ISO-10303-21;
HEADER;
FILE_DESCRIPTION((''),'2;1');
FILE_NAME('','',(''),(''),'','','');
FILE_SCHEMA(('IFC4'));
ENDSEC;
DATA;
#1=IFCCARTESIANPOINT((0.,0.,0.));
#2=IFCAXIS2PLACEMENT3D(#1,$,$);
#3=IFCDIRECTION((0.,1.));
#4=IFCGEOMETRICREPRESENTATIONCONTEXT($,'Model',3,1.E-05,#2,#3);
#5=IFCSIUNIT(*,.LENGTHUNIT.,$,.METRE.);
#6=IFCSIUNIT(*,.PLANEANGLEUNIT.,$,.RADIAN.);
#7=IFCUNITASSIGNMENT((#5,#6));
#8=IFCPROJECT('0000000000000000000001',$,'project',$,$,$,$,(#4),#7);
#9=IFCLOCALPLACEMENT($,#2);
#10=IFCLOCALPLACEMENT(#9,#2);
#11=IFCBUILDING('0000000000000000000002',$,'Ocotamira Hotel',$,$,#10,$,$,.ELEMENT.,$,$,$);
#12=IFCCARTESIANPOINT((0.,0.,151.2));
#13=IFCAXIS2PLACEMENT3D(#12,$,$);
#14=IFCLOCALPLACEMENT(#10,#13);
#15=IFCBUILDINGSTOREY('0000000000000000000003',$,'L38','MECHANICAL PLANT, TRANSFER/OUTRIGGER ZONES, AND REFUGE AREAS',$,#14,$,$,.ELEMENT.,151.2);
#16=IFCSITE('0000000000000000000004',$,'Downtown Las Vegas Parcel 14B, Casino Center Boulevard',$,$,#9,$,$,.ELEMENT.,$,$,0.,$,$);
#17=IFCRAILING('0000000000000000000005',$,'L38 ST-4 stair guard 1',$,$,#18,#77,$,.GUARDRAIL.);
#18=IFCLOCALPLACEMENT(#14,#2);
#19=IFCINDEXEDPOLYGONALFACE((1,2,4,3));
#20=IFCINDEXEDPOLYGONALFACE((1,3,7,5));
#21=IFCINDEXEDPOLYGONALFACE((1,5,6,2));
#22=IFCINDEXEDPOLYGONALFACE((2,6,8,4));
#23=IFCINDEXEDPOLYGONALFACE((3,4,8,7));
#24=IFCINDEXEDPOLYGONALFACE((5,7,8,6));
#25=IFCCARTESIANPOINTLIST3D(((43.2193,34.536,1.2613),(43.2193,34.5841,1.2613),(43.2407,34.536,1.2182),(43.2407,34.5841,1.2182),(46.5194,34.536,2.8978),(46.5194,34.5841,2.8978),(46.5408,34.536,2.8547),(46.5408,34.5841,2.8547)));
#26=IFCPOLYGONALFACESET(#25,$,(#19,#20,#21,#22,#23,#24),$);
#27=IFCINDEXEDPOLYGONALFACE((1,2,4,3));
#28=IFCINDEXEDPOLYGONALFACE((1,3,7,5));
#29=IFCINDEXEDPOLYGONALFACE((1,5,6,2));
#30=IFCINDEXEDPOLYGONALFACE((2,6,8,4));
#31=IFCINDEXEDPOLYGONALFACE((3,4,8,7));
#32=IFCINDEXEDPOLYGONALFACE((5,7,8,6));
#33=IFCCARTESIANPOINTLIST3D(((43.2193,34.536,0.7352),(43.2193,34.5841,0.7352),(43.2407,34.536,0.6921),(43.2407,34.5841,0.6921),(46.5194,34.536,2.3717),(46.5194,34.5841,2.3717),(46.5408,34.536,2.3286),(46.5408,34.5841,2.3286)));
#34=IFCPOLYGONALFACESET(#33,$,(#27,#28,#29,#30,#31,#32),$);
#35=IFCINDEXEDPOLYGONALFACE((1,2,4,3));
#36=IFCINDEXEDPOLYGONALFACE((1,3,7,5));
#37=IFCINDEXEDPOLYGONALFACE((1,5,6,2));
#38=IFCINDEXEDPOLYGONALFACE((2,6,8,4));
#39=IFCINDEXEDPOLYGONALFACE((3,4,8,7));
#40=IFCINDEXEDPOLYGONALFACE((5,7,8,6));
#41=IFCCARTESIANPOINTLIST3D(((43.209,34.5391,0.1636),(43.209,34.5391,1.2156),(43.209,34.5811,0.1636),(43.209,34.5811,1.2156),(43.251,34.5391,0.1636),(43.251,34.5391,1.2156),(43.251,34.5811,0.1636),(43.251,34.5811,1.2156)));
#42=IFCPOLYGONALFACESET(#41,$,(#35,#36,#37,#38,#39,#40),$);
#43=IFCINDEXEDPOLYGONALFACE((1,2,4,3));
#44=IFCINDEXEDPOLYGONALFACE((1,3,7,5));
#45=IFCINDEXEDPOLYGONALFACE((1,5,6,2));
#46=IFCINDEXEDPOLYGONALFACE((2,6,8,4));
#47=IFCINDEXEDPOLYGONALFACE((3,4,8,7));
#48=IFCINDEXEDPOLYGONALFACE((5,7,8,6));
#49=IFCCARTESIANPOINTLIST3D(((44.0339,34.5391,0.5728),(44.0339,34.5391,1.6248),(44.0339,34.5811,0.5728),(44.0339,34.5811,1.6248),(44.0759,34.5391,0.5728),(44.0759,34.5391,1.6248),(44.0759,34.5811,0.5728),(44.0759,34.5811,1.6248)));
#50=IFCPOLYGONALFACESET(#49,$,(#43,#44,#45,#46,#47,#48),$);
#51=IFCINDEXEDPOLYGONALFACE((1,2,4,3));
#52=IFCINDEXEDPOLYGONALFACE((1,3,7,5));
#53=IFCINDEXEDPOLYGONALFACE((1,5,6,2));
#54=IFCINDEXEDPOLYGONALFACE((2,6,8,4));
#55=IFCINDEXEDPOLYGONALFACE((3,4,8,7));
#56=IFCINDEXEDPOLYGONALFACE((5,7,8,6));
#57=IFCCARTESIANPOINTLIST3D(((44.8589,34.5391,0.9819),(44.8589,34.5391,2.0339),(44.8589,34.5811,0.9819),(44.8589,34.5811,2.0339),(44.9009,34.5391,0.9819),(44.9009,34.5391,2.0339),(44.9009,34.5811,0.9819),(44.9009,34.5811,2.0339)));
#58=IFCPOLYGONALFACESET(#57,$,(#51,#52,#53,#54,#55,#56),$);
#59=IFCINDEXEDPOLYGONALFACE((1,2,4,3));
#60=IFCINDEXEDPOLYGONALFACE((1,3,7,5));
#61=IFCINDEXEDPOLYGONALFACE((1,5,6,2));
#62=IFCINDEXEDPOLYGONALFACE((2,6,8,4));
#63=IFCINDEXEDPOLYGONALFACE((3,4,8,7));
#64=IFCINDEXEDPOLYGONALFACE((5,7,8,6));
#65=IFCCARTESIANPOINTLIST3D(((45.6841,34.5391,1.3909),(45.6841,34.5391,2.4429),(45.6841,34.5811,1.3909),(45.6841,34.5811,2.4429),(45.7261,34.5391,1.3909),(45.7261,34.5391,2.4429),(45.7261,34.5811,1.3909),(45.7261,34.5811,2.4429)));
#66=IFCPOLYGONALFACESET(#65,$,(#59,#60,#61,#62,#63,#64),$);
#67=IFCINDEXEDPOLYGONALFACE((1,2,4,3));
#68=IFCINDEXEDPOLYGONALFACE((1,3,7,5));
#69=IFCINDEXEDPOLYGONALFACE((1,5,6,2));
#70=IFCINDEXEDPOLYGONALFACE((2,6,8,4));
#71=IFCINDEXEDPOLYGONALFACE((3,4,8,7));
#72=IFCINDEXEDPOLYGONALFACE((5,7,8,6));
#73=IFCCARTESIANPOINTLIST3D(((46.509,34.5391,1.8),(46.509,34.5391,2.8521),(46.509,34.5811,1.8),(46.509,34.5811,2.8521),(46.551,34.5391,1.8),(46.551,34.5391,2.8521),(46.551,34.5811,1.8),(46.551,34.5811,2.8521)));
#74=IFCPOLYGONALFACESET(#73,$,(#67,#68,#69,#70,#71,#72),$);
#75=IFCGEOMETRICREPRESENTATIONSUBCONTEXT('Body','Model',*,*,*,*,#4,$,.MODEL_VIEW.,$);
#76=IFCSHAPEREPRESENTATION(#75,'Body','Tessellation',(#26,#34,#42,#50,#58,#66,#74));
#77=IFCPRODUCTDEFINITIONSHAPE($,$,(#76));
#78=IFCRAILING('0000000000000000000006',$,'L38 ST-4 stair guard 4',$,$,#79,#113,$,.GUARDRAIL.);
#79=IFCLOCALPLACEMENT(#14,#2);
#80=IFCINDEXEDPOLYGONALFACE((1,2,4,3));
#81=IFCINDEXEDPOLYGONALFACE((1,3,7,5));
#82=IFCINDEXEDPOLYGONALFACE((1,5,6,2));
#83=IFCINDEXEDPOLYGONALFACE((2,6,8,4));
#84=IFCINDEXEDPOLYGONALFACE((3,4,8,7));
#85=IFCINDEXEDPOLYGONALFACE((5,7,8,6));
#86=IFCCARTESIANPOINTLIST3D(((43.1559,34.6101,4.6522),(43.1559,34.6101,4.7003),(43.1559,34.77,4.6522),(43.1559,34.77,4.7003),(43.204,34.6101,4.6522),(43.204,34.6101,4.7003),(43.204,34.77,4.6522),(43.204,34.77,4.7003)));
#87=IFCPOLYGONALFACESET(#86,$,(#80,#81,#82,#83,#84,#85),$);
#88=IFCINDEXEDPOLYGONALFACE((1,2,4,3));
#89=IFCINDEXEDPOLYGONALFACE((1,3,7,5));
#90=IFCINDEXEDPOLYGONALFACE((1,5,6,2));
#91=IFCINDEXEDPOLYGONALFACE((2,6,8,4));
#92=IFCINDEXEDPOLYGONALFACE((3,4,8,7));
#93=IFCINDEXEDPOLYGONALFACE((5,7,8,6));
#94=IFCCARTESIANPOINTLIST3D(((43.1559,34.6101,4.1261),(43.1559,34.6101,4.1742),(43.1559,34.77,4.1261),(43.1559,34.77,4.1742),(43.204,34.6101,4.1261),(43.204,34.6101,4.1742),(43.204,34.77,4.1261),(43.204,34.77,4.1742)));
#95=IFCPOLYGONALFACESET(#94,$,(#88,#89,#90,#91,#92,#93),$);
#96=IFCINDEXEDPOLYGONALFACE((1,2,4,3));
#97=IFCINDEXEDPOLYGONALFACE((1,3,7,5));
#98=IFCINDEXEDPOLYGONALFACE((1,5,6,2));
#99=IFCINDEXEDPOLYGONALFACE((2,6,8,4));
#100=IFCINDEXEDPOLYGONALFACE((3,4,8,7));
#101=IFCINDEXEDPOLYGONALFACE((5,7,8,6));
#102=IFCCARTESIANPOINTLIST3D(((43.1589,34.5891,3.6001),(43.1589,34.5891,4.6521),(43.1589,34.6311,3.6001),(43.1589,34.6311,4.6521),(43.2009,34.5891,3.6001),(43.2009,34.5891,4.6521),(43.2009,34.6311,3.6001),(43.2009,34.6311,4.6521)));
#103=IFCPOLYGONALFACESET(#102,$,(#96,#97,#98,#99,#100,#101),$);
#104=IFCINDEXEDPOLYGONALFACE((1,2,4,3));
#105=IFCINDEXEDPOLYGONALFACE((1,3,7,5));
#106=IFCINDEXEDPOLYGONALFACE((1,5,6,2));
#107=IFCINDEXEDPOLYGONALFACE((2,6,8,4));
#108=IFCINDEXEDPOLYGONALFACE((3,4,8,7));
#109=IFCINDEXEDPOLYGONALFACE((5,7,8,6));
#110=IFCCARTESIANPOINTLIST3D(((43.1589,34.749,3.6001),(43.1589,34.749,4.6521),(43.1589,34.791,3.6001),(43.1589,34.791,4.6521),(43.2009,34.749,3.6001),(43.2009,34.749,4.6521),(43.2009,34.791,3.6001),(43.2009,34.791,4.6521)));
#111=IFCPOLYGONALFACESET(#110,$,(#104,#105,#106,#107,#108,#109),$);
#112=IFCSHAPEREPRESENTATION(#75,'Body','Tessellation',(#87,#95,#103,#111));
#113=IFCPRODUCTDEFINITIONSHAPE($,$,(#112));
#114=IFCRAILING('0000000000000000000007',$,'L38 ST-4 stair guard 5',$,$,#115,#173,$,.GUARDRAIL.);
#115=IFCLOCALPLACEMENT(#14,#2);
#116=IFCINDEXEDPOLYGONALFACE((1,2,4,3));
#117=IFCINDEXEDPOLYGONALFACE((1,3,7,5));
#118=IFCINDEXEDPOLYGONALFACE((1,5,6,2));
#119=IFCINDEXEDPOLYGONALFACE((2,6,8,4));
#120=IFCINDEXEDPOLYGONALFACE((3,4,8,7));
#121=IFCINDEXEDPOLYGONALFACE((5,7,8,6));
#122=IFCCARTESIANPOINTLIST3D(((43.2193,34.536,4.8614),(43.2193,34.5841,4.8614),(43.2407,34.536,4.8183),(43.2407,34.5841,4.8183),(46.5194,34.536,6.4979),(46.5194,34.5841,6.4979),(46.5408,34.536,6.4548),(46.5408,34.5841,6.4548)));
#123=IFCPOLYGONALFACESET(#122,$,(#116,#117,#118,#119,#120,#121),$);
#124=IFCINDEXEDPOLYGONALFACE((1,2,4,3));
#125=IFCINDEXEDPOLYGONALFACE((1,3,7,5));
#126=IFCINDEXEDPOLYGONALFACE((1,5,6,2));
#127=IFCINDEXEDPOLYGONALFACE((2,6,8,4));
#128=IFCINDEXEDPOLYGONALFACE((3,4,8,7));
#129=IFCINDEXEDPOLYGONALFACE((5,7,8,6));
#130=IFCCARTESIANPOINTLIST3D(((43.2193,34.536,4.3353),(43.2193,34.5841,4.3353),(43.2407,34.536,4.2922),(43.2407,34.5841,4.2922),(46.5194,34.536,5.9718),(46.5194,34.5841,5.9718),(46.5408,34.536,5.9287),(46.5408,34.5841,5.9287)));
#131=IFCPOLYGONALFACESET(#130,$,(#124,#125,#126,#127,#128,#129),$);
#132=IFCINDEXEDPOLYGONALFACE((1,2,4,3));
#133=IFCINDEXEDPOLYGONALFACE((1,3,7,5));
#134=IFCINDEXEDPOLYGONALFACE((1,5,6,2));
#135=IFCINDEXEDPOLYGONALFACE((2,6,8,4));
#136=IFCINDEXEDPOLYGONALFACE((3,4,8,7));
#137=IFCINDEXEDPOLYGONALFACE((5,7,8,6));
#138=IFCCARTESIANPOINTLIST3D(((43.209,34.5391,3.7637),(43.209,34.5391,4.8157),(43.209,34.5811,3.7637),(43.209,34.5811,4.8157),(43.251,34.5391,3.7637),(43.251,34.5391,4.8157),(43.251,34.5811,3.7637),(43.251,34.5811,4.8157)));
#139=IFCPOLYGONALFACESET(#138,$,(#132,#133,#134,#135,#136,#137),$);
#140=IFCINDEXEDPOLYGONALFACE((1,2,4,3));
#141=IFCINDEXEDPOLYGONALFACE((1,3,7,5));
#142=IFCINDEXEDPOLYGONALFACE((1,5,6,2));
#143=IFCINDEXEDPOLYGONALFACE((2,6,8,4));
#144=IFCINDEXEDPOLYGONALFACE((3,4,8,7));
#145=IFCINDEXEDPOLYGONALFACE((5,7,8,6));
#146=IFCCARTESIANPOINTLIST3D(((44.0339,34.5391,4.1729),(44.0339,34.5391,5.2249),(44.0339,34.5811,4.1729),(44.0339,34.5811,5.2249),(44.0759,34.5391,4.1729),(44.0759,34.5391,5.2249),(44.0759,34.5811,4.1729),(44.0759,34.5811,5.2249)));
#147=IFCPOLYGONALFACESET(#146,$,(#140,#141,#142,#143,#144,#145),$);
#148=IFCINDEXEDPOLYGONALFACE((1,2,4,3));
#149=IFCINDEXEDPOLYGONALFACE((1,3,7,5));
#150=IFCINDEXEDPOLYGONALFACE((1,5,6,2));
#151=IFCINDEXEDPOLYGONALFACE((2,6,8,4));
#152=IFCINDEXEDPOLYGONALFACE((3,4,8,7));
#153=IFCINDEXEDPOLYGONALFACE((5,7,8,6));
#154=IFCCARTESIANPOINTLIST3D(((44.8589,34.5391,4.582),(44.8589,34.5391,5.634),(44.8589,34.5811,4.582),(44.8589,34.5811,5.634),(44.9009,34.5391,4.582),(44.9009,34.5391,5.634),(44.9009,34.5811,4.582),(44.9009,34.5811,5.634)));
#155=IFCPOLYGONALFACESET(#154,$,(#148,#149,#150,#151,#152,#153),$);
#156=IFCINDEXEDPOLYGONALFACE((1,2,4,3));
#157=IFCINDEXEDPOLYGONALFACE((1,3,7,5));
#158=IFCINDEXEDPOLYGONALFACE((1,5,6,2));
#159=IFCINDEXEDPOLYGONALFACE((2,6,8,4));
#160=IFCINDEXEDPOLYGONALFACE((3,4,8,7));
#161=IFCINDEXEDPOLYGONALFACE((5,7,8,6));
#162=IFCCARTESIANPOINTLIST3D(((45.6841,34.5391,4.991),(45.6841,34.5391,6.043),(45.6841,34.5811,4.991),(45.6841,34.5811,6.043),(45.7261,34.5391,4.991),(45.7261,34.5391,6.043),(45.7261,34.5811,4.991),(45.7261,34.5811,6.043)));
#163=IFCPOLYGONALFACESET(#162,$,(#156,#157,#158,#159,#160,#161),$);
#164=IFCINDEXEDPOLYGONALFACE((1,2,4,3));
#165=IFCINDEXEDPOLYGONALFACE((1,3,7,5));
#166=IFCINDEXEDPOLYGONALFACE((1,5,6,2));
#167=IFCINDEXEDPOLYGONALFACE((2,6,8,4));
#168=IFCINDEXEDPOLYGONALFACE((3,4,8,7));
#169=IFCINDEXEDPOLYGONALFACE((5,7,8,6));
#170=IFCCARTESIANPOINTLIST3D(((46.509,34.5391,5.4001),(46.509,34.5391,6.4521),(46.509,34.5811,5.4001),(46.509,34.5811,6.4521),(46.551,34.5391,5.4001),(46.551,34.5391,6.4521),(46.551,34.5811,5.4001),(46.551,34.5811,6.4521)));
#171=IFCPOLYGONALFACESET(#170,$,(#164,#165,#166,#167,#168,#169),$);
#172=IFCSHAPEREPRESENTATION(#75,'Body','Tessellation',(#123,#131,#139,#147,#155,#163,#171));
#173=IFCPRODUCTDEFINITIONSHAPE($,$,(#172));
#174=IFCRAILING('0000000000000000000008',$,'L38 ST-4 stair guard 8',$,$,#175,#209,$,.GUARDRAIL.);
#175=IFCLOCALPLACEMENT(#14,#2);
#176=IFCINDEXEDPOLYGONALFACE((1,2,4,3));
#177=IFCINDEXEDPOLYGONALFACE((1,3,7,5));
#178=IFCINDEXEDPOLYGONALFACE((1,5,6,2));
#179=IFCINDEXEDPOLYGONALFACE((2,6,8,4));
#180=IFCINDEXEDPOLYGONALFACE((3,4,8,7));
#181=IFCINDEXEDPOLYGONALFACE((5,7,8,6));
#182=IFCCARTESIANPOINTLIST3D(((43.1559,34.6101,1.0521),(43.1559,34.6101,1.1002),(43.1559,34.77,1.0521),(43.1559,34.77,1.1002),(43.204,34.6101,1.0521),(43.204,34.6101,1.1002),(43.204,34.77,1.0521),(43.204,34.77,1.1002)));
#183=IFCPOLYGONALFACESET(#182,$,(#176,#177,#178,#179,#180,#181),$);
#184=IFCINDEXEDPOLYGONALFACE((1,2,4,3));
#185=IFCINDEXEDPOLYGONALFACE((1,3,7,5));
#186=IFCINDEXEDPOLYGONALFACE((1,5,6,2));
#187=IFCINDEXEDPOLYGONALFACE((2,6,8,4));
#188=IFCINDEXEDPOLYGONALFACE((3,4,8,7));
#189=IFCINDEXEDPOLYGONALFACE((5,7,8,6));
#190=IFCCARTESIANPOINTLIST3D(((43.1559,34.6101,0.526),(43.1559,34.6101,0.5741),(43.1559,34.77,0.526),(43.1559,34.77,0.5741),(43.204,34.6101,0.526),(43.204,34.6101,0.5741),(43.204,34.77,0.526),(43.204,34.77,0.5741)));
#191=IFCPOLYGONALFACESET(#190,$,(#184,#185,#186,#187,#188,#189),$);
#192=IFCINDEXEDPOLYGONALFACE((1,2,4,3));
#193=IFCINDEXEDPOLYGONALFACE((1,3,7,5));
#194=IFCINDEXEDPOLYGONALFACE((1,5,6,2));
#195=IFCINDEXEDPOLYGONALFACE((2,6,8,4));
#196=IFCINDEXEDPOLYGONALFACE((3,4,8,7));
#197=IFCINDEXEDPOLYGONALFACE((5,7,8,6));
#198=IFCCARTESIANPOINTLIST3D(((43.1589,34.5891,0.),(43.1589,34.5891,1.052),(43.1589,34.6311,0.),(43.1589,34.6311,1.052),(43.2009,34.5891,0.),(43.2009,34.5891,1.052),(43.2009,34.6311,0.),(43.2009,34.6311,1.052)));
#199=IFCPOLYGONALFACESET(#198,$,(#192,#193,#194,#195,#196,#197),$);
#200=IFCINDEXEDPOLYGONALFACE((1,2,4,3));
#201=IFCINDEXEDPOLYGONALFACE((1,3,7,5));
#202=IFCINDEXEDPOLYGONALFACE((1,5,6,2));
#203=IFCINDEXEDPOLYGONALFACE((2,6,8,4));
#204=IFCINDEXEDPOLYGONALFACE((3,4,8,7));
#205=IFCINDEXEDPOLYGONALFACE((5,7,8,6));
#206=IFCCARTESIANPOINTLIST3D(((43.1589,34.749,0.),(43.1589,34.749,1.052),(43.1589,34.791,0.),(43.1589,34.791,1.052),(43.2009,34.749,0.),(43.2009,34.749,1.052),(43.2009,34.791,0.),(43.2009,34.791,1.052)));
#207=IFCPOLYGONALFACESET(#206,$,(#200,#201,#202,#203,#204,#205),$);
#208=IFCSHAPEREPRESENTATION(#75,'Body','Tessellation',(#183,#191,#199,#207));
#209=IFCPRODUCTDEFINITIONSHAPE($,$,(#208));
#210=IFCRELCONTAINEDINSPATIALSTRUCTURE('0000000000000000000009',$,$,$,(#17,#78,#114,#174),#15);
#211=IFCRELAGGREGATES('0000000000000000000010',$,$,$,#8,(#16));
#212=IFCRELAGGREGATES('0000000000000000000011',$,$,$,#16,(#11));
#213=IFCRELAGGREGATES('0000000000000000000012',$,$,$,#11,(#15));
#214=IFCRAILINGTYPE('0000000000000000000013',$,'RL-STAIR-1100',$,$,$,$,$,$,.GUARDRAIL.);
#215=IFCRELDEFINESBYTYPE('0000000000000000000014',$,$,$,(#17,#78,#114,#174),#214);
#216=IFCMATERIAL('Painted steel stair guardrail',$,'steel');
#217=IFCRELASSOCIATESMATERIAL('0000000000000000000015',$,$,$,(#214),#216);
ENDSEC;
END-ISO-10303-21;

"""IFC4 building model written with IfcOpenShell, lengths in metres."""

from ifc_helpers import new_model, si_unit, direction, frame, origin, origin_2d, place, context, subcontext, project, spatial, rectangle, extrude, material, type_object, element, save


model = new_model("IFC4")

# Units and contexts
model_context = context("Model", 3, precision=1e-05, world=origin(), true_north=direction((0.0, 1.0)))
body_context = subcontext(model_context, "Body", "Model", "MODEL_VIEW")
ifc_project = project(units=[si_unit("LENGTHUNIT", "METRE"), si_unit("PLANEANGLEUNIT", "RADIAN")], contexts=[model_context])

# Site, building, storey
site_placement = place(None, origin())
site = spatial("IfcSite", under=ifc_project, at=site_placement, Name="Downtown Las Vegas Parcel 14B, Casino Center Boulevard", CompositionType="ELEMENT", RefElevation=0.0)
building_placement = place(site_placement, origin())
building = spatial("IfcBuilding", under=site, at=building_placement, Name="Ocotamira Hotel", CompositionType="ELEMENT")
storey_placement = place(building_placement, frame((0.0, 0.0, 151.2)))
storey = spatial("IfcBuildingStorey", under=building, at=storey_placement, Name="L38", Description="MECHANICAL PLANT, TRANSFER/OUTRIGGER ZONES, AND REFUGE AREAS", CompositionType="ELEMENT", Elevation=151.2)

# Railings
ifc_material_1 = material(Name="Painted steel stair guardrail", Category="steel")
railing_type_1 = type_object("IfcRailingType", Name="RL-STAIR-1100", PredefinedType="GUARDRAIL", material=ifc_material_1)
railing_1_placement = place(storey_placement, frame((43.23, 34.5601, 0.1636)))
element("IfcRailing", 1, at=railing_1_placement, inside=storey, type_object=railing_type_1, Name="L38 ST-4 stair guard 1", PredefinedType="GUARDRAIL", context=body_context, shape_type="SweptSolid", body=[
    extrude(rectangle(XDim=0.0481, YDim=0.0481, at=origin_2d()), frame((0.0, 0.0, 1.0762), z_axis=(0.895894, 0.0, 0.444268), x_axis=(0.0, 1.0, 0.0)), (0.0, 0.0, 1.0), 3.6836),
    extrude(rectangle(XDim=0.0481, YDim=0.0481, at=origin_2d()), frame((0.0, 0.0, 0.55), z_axis=(0.895894, 0.0, 0.444268), x_axis=(0.0, 1.0, 0.0)), (0.0, 0.0, 1.0), 3.6836),
    extrude(rectangle(XDim=0.042, YDim=0.042, at=origin_2d()), origin(), (0.0, 0.0, 1.0), 1.052),
    extrude(rectangle(XDim=0.042, YDim=0.042, at=origin_2d()), frame((0.825, 0.0, 0.4092)), (0.0, 0.0, 1.0), 1.052),
    extrude(rectangle(XDim=0.042, YDim=0.042, at=origin_2d()), frame((1.6499, 0.0, 0.8184)), (0.0, 0.0, 1.0), 1.052),
    extrude(rectangle(XDim=0.042, YDim=0.042, at=origin_2d()), frame((2.4751, 0.0, 1.2273)), (0.0, 0.0, 1.0), 1.052),
    extrude(rectangle(XDim=0.042, YDim=0.042, at=origin_2d()), frame((3.3, 0.0, 1.6365)), (0.0, 0.0, 1.0), 1.052),
])
railing_2_placement = place(storey_placement, frame((43.1799, 34.6101, 3.6001)))
element("IfcRailing", 2, at=railing_2_placement, inside=storey, type_object=railing_type_1, Name="L38 ST-4 stair guard 4", PredefinedType="GUARDRAIL", context=body_context, shape_type="SweptSolid", body=[
    extrude(rectangle(XDim=0.0481, YDim=0.0481, at=origin_2d()), frame((0.0, 0.0, 1.0762), z_axis=(0.0, 1.0, 0.0), x_axis=(-1.0, 0.0, 0.0)), (0.0, 0.0, 1.0), 0.1599),
    extrude(rectangle(XDim=0.0481, YDim=0.0481, at=origin_2d()), frame((0.0, 0.0, 0.55), z_axis=(0.0, 1.0, 0.0), x_axis=(-1.0, 0.0, 0.0)), (0.0, 0.0, 1.0), 0.1599),
    extrude(rectangle(XDim=0.042, YDim=0.042, at=origin_2d()), origin(), (0.0, 0.0, 1.0), 1.052),
    extrude(rectangle(XDim=0.042, YDim=0.042, at=origin_2d()), frame((0.0, 0.1599, 0.0)), (0.0, 0.0, 1.0), 1.052),
])
railing_3_placement = place(storey_placement, frame((43.23, 34.5601, 3.7637)))
element("IfcRailing", 3, at=railing_3_placement, inside=storey, type_object=railing_type_1, Name="L38 ST-4 stair guard 5", PredefinedType="GUARDRAIL", context=body_context, shape_type="SweptSolid", body=[
    extrude(rectangle(XDim=0.0481, YDim=0.0481, at=origin_2d()), frame((0.0, 0.0, 1.0762), z_axis=(0.895894, 0.0, 0.444268), x_axis=(0.0, 1.0, 0.0)), (0.0, 0.0, 1.0), 3.6836),
    extrude(rectangle(XDim=0.0481, YDim=0.0481, at=origin_2d()), frame((0.0, 0.0, 0.55), z_axis=(0.895894, 0.0, 0.444268), x_axis=(0.0, 1.0, 0.0)), (0.0, 0.0, 1.0), 3.6836),
    extrude(rectangle(XDim=0.042, YDim=0.042, at=origin_2d()), origin(), (0.0, 0.0, 1.0), 1.052),
    extrude(rectangle(XDim=0.042, YDim=0.042, at=origin_2d()), frame((0.825, 0.0, 0.4092)), (0.0, 0.0, 1.0), 1.052),
    extrude(rectangle(XDim=0.042, YDim=0.042, at=origin_2d()), frame((1.6499, 0.0, 0.8184)), (0.0, 0.0, 1.0), 1.052),
    extrude(rectangle(XDim=0.042, YDim=0.042, at=origin_2d()), frame((2.4751, 0.0, 1.2273)), (0.0, 0.0, 1.0), 1.052),
    extrude(rectangle(XDim=0.042, YDim=0.042, at=origin_2d()), frame((3.3, 0.0, 1.6365)), (0.0, 0.0, 1.0), 1.052),
])
railing_4_placement = place(storey_placement, frame((43.1799, 34.6101, 0.0)))
element("IfcRailing", 4, at=railing_4_placement, inside=storey, type_object=railing_type_1, Name="L38 ST-4 stair guard 8", PredefinedType="GUARDRAIL", context=body_context, shape_type="SweptSolid", body=[
    extrude(rectangle(XDim=0.0481, YDim=0.0481, at=origin_2d()), frame((0.0, 0.0, 1.0762), z_axis=(0.0, 1.0, 0.0), x_axis=(-1.0, 0.0, 0.0)), (0.0, 0.0, 1.0), 0.1599),
    extrude(rectangle(XDim=0.0481, YDim=0.0481, at=origin_2d()), frame((0.0, 0.0, 0.55), z_axis=(0.0, 1.0, 0.0), x_axis=(-1.0, 0.0, 0.0)), (0.0, 0.0, 1.0), 0.1599),
    extrude(rectangle(XDim=0.042, YDim=0.042, at=origin_2d()), origin(), (0.0, 0.0, 1.0), 1.052),
    extrude(rectangle(XDim=0.042, YDim=0.042, at=origin_2d()), frame((0.0, 0.1599, 0.0)), (0.0, 0.0, 1.0), 1.052),
])

save(model, "model.ifc")
